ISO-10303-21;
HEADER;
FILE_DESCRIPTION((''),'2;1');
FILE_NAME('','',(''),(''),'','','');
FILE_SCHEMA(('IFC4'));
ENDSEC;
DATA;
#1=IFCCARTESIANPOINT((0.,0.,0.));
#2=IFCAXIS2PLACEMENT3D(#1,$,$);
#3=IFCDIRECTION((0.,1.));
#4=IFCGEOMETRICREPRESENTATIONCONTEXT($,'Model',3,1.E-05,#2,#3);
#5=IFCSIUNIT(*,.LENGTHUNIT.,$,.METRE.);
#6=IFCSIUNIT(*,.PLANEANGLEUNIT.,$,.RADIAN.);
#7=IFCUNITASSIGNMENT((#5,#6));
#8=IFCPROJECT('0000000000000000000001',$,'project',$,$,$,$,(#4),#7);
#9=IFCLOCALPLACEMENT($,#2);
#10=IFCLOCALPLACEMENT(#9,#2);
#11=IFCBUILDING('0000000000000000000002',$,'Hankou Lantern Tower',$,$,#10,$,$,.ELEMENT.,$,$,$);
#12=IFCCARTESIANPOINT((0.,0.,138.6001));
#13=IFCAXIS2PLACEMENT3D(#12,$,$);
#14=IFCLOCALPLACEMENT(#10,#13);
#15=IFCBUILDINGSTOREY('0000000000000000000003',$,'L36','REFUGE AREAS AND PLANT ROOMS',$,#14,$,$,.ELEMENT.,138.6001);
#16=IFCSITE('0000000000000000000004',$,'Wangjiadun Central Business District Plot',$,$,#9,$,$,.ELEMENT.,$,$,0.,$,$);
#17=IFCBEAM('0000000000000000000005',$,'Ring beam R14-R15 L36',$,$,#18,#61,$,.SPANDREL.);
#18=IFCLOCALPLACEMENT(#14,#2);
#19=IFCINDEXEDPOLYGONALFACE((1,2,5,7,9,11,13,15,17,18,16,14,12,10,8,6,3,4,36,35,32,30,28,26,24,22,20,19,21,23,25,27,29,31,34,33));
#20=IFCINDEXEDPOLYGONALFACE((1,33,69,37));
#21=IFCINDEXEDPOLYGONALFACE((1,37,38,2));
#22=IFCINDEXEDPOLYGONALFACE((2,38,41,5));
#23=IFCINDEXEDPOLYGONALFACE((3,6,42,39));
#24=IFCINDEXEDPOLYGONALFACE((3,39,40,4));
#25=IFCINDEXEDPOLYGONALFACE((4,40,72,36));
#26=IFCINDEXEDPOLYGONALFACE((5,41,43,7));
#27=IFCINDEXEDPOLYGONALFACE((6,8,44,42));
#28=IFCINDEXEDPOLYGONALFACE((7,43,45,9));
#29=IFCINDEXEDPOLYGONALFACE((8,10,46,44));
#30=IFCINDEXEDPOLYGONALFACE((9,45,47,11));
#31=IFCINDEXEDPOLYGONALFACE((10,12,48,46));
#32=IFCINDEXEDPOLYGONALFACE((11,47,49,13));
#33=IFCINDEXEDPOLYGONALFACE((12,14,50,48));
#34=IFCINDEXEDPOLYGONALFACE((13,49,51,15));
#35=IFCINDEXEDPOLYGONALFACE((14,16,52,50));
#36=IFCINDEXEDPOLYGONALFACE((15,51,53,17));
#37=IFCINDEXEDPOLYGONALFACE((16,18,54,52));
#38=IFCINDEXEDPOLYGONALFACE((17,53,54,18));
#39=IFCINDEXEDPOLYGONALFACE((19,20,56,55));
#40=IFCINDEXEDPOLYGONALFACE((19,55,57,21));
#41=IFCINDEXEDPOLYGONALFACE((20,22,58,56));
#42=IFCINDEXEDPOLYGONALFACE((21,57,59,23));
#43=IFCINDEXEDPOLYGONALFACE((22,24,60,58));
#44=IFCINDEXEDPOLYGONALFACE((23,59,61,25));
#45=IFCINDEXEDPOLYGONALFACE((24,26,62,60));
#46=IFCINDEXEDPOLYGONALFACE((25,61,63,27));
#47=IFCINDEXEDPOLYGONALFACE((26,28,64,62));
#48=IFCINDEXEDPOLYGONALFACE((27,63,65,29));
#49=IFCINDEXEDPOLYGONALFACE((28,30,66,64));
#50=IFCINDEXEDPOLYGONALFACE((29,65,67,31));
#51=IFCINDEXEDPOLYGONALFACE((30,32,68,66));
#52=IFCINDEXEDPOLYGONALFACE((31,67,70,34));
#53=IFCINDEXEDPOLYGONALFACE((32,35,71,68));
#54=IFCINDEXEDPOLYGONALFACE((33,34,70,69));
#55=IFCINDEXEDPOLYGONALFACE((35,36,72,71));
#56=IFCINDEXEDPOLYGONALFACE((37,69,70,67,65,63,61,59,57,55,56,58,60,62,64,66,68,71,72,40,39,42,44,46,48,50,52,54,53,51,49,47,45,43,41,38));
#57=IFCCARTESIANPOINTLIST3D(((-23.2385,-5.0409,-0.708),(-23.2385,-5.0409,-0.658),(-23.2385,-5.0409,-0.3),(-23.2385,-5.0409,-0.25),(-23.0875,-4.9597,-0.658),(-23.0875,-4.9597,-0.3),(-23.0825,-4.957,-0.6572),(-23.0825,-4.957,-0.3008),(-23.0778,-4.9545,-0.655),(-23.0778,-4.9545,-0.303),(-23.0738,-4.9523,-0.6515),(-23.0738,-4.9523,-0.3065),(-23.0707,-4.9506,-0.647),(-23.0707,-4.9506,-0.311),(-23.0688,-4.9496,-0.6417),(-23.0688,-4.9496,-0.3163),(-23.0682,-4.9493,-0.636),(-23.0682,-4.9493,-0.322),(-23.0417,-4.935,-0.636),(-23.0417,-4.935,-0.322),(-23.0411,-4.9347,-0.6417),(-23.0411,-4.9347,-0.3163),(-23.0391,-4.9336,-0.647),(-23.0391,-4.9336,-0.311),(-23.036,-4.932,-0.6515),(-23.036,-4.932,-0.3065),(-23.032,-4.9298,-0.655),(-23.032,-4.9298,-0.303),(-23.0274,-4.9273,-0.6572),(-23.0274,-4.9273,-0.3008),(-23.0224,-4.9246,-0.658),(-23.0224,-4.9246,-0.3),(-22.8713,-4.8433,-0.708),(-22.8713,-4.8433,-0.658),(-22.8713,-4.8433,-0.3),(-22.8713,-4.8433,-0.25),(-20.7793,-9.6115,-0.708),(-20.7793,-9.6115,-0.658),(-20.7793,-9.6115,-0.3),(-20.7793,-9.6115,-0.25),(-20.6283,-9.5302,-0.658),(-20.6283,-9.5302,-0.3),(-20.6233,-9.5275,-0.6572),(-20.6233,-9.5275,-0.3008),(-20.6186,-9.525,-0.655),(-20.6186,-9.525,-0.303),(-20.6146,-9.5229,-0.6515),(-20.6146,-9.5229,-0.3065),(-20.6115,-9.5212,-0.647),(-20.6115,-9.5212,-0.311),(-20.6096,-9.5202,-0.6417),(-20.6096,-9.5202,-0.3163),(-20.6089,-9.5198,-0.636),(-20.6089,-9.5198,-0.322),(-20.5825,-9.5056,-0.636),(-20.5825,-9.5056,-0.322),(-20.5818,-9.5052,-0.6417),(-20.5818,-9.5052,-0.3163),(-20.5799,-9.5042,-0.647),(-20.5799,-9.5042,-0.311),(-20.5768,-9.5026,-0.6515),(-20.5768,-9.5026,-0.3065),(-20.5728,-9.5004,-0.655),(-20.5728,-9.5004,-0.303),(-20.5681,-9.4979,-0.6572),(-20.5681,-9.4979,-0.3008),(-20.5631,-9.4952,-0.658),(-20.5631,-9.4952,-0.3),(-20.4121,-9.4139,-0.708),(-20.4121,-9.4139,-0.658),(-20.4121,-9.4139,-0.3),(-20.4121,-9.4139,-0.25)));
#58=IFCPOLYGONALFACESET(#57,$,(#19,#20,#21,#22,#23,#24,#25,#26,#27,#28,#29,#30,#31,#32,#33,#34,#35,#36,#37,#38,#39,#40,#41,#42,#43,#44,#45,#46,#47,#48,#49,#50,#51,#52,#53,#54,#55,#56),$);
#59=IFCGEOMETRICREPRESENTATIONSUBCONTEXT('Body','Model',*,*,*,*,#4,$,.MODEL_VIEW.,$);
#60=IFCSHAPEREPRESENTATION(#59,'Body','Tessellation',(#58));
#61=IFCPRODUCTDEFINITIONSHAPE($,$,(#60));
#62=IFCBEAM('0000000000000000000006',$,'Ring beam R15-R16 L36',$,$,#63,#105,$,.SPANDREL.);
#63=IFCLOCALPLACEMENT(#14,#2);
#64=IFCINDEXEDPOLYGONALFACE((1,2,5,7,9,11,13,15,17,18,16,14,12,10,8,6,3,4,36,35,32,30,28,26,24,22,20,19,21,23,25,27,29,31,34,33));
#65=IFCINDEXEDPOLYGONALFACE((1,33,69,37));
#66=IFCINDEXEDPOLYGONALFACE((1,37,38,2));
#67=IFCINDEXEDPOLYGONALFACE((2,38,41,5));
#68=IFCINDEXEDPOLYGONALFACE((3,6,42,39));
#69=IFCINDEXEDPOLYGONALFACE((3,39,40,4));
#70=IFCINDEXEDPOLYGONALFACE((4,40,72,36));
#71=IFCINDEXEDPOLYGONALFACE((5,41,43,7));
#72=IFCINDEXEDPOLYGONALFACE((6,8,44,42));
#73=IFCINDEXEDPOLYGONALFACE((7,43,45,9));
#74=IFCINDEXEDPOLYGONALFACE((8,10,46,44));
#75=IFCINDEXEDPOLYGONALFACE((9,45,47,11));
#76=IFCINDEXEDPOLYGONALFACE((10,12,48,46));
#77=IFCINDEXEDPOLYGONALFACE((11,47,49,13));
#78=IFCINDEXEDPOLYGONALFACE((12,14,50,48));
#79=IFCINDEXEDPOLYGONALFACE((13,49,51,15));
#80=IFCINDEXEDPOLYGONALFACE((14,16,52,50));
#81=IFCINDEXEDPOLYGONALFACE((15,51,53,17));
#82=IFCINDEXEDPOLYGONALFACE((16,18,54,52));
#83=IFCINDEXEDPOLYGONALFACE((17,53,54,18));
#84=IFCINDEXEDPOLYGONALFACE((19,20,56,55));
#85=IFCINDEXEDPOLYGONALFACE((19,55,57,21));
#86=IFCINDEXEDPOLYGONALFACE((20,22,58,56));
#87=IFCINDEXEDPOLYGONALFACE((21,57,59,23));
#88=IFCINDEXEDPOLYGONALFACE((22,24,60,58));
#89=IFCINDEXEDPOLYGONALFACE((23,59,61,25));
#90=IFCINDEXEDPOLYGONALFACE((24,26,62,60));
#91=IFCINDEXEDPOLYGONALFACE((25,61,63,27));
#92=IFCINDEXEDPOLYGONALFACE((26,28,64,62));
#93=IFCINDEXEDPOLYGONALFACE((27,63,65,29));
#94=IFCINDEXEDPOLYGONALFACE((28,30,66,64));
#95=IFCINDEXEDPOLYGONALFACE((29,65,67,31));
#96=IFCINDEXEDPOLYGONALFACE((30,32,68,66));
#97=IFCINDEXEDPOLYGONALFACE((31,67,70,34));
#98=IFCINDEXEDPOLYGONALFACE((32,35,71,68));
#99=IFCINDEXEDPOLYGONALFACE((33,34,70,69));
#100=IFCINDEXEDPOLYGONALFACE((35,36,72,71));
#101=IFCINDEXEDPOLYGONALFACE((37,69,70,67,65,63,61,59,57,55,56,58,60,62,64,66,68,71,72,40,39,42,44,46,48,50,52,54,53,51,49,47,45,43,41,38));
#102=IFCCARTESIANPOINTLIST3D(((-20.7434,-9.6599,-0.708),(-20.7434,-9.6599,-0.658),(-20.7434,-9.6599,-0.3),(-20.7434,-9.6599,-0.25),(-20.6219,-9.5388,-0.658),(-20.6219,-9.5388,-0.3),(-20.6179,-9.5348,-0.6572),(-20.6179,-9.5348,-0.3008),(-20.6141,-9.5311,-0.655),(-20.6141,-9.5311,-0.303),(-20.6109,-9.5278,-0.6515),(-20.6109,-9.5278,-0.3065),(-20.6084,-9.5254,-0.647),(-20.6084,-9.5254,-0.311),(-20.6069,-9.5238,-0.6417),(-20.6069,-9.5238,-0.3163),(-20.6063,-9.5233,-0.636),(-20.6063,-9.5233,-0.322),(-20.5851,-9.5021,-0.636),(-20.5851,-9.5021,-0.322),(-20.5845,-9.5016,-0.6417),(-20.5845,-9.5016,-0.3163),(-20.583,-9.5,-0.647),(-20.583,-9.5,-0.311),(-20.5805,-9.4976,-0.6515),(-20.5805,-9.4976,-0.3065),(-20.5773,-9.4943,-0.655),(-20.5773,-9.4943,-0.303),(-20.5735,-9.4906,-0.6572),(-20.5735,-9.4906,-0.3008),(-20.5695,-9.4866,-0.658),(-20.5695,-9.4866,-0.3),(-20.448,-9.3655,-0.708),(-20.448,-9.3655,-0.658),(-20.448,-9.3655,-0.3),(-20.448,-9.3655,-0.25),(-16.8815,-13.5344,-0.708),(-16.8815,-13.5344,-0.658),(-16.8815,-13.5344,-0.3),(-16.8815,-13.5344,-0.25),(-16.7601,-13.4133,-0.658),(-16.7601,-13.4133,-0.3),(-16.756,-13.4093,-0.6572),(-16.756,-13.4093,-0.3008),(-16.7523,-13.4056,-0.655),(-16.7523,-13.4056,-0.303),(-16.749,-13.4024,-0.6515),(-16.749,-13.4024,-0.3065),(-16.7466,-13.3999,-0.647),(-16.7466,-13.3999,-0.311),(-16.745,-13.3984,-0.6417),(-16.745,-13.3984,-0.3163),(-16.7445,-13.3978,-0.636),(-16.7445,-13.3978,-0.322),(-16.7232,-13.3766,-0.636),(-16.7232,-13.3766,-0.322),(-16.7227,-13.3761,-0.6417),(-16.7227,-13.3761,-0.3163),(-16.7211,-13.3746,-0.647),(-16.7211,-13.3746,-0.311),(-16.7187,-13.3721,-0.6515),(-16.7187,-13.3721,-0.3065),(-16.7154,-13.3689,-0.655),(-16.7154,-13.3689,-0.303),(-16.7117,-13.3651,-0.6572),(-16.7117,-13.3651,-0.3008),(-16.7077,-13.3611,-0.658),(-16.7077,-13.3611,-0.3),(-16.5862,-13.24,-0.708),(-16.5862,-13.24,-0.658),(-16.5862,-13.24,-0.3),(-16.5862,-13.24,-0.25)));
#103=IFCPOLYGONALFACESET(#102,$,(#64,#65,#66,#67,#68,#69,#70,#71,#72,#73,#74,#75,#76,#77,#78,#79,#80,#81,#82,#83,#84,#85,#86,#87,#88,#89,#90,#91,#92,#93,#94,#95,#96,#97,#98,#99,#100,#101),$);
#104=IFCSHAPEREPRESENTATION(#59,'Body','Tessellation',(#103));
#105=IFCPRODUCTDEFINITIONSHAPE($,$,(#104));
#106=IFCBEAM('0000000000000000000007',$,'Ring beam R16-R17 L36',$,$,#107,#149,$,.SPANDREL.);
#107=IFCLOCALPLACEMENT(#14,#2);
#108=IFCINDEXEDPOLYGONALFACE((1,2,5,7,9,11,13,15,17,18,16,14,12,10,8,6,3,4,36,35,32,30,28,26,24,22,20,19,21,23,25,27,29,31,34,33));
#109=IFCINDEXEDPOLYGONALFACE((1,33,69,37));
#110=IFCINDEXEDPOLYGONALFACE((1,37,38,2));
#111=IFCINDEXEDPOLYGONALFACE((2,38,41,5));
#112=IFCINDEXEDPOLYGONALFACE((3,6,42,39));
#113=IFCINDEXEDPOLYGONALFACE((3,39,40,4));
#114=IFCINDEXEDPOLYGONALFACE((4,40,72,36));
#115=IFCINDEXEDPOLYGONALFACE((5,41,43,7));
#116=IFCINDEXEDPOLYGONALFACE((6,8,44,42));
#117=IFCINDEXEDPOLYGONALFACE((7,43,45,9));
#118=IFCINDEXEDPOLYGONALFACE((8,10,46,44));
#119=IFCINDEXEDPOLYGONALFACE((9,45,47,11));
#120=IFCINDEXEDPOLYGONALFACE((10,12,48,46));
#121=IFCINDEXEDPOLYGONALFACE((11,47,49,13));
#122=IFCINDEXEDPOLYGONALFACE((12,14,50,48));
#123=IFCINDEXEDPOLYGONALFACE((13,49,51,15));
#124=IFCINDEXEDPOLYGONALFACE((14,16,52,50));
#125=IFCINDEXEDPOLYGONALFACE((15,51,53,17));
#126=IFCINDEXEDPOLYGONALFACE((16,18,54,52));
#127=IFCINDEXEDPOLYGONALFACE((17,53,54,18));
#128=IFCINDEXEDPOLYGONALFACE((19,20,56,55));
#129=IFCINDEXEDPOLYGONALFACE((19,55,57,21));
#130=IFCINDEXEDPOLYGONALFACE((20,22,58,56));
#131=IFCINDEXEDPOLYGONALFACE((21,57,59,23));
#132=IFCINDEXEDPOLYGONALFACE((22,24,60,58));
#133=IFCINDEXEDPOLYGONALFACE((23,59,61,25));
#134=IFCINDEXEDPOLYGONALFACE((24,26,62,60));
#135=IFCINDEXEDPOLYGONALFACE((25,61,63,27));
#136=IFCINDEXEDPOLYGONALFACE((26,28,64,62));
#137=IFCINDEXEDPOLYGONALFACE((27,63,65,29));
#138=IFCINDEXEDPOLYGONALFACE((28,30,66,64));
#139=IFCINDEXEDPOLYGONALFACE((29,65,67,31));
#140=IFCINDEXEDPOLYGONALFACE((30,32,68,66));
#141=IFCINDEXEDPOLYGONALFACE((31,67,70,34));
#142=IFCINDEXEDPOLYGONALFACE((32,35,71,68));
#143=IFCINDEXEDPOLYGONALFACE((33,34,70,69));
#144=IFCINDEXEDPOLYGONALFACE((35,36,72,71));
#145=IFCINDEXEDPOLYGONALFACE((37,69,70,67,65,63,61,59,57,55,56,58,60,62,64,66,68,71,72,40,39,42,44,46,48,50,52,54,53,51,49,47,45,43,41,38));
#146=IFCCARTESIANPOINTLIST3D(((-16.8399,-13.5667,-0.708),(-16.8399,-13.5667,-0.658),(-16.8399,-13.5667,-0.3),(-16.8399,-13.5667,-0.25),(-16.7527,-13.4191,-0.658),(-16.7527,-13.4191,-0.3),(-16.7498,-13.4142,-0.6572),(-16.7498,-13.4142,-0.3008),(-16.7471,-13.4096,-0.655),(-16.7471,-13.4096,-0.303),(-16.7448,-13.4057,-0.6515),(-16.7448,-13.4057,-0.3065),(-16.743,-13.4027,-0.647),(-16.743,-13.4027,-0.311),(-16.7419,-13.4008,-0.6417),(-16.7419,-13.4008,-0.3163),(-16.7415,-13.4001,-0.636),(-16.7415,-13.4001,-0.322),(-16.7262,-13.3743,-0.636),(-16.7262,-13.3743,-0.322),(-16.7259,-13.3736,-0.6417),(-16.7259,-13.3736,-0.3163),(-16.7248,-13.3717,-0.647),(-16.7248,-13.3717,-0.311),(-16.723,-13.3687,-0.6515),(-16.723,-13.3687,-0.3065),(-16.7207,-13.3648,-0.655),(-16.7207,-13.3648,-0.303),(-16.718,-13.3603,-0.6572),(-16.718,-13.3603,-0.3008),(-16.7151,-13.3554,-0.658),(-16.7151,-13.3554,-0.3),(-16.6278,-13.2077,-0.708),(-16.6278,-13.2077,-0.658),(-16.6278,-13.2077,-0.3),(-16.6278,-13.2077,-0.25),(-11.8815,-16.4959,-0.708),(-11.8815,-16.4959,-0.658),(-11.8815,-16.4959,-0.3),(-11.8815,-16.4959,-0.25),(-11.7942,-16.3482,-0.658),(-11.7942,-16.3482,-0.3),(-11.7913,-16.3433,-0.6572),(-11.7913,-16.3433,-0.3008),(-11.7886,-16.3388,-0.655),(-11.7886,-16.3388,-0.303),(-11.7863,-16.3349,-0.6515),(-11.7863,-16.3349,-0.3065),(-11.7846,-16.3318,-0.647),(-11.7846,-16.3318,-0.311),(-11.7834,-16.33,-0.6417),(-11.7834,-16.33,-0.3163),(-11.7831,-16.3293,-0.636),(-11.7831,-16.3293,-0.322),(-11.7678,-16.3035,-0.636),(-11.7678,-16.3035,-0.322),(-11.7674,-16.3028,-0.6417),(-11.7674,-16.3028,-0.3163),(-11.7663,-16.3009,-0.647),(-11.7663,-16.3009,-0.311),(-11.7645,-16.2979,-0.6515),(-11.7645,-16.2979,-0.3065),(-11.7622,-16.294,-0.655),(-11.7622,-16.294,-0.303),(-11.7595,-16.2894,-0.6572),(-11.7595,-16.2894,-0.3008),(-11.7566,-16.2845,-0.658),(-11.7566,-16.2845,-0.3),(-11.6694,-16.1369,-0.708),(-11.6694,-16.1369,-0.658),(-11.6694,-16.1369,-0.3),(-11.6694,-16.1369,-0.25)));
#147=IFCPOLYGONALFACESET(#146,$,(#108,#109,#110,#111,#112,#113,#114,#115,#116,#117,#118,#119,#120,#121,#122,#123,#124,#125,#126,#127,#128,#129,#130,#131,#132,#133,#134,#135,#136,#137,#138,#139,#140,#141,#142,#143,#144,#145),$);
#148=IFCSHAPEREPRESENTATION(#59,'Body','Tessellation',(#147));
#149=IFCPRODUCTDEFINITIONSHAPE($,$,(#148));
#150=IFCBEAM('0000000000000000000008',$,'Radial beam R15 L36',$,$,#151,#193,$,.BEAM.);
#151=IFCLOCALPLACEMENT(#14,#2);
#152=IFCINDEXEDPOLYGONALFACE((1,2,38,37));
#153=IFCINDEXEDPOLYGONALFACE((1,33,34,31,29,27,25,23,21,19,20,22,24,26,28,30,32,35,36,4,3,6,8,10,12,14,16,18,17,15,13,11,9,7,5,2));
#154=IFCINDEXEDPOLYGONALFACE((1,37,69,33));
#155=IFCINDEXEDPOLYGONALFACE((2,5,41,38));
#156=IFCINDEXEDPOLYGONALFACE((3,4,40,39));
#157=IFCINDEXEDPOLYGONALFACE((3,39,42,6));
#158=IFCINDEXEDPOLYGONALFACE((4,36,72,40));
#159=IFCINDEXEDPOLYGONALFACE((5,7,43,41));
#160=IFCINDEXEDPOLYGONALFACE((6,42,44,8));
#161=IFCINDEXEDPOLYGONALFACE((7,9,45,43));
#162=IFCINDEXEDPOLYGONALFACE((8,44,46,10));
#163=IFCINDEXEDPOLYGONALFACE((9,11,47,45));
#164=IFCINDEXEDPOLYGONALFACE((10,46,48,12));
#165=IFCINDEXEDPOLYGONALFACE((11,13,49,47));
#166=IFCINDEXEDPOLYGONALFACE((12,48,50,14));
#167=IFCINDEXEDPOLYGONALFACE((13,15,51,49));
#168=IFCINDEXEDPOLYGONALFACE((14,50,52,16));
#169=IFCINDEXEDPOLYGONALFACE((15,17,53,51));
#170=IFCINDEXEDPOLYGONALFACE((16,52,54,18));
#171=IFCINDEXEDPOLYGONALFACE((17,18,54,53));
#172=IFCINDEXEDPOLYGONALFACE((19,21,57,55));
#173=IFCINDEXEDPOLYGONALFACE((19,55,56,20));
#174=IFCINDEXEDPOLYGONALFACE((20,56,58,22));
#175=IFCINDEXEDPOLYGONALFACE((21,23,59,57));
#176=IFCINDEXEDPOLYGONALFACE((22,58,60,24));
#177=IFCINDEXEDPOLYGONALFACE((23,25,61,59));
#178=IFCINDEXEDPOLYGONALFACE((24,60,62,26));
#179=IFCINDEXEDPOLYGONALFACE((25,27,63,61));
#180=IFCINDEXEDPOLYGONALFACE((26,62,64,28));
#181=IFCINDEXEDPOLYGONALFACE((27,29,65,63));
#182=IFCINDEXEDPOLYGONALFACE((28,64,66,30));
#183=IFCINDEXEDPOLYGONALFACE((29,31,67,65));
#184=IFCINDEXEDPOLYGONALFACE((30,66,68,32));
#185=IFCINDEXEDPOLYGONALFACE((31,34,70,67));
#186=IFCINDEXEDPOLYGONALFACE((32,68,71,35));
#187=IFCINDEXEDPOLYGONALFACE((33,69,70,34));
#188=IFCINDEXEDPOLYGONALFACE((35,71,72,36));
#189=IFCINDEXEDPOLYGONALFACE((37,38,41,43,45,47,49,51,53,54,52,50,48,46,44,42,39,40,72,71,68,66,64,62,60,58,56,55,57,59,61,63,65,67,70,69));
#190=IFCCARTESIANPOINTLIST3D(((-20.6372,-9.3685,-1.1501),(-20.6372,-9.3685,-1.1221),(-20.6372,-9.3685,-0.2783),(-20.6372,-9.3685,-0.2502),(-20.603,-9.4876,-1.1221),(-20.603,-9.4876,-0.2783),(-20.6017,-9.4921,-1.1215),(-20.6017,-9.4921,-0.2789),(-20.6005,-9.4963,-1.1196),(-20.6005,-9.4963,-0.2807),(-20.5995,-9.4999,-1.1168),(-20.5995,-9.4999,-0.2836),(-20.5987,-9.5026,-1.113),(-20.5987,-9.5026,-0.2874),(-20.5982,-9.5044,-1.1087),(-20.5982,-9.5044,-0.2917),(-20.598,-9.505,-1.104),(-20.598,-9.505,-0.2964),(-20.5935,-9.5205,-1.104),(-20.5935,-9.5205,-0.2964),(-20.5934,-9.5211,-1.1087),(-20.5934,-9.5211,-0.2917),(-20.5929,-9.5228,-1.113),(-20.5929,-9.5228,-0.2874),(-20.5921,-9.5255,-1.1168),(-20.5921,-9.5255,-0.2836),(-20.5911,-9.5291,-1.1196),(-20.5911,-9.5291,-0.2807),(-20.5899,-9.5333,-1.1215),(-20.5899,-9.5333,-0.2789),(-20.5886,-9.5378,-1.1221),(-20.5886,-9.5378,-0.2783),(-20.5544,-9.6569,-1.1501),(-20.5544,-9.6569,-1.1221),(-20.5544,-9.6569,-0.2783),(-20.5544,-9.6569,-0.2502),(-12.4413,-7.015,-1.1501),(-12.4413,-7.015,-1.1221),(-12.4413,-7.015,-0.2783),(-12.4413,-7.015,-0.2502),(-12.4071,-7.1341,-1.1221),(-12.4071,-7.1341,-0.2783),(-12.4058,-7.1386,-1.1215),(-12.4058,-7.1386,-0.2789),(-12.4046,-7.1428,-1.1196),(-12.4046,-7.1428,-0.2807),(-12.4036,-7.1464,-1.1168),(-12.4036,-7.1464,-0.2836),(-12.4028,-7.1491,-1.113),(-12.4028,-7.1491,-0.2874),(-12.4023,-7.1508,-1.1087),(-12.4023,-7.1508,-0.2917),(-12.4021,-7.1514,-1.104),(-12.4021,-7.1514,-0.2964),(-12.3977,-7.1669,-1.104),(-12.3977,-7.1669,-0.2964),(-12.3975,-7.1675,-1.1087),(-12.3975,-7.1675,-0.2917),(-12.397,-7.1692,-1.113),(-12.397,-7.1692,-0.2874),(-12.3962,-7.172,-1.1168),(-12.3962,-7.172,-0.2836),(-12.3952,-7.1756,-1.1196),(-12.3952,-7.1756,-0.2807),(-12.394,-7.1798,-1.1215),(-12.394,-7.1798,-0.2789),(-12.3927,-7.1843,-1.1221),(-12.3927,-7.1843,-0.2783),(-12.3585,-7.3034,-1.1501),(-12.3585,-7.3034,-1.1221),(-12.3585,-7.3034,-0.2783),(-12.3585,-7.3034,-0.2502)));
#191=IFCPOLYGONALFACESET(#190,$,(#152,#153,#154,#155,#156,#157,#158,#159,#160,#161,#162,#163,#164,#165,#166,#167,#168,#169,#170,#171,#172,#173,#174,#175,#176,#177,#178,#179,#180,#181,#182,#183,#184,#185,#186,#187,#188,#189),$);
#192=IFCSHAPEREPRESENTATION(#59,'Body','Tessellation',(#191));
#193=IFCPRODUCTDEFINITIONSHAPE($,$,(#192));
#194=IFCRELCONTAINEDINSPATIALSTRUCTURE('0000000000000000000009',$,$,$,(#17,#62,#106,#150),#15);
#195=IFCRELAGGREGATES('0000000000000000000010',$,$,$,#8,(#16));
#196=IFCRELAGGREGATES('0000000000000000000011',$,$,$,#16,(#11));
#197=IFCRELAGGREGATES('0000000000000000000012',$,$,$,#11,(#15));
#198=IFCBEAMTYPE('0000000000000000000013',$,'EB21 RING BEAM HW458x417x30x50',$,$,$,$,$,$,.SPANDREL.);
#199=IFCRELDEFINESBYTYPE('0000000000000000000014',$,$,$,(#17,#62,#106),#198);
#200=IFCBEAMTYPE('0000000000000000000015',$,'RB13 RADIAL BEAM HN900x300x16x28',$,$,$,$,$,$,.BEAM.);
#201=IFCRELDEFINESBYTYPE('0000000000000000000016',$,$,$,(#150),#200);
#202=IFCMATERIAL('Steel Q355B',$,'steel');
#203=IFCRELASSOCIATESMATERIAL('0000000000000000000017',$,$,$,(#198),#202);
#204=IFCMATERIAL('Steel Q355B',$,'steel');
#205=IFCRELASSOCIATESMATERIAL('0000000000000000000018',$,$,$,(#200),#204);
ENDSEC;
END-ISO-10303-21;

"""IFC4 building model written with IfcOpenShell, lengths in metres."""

from ifc_helpers import new_model, si_unit, direction, frame, origin, origin_2d, place, context, subcontext, project, spatial, i_section, extrude, material, material_profile, profile_set, type_object, element, save


model = new_model("IFC4")

# Units and contexts
model_context = context("Model", 3, precision=1e-05, world=origin(), true_north=direction((0.0, 1.0)))
body_context = subcontext(model_context, "Body", "Model", "MODEL_VIEW")
ifc_project = project(units=[si_unit("LENGTHUNIT", "METRE"), si_unit("PLANEANGLEUNIT", "RADIAN")], contexts=[model_context])

# Site, building, storey
site_placement = place(None, origin())
site = spatial("IfcSite", under=ifc_project, at=site_placement, Name="Wangjiadun Central Business District Plot", CompositionType="ELEMENT", RefElevation=0.0)
building_placement = place(site_placement, origin())
building = spatial("IfcBuilding", under=site, at=building_placement, Name="Hankou Lantern Tower", CompositionType="ELEMENT")
storey_placement = place(building_placement, frame((0.0, 0.0, 138.6001)))
storey = spatial("IfcBuildingStorey", under=building, at=storey_placement, Name="L36", Description="REFUGE AREAS AND PLANT ROOMS", CompositionType="ELEMENT", Elevation=138.6001)

# Beams
ifc_material_1 = material(Name="Steel Q355B", Category="steel")
ifc_material_profile_1 = material_profile(ifc_material_1, i_section(OverallWidth=0.417, OverallDepth=0.458, WebThickness=0.03, FlangeThickness=0.05, FilletRadius=0.022, at=origin_2d()), Name="HW458x417x30x50")
ifc_profile_set_1 = profile_set([ifc_material_profile_1], Name="Steel Q355B")
beam_type_1 = type_object("IfcBeamType", Name="EB21 RING BEAM HW458x417x30x50", PredefinedType="SPANDREL", material=ifc_profile_set_1)
beam_1_placement = place(storey_placement, frame((-23.0549, -4.9421, -0.479), z_axis=(0.473825, -0.880619, 0.0), x_axis=(0.880619, 0.473825, 0.0)))
element("IfcBeam", 1, at=beam_1_placement, inside=storey, type_object=beam_type_1, Name="Ring beam R14-R15 L36", PredefinedType="SPANDREL", context=body_context, shape_type="SweptSolid", body=[
    extrude(i_section(OverallWidth=0.417, OverallDepth=0.458, WebThickness=0.03, FlangeThickness=0.05, FilletRadius=0.022, at=origin_2d()), origin(), (0.0, 0.0, 1.0), 5.1902),
])
beam_2_placement = place(storey_placement, frame((-20.5957, -9.5127, -0.479), z_axis=(0.705945, -0.708266, 0.0), x_axis=(0.708266, 0.705945, 0.0)))
element("IfcBeam", 2, at=beam_2_placement, inside=storey, type_object=beam_type_1, Name="Ring beam R15-R16 L36", PredefinedType="SPANDREL", context=body_context, shape_type="SweptSolid", body=[
    extrude(i_section(OverallWidth=0.417, OverallDepth=0.458, WebThickness=0.03, FlangeThickness=0.05, FilletRadius=0.022, at=origin_2d()), origin(), (0.0, 0.0, 1.0), 5.4705),
])
beam_3_placement = place(storey_placement, frame((-16.7339, -13.3872, -0.479), z_axis=(0.860989, -0.508624, 0.0), x_axis=(0.508624, 0.860989, 0.0)))
element("IfcBeam", 3, at=beam_3_placement, inside=storey, type_object=beam_type_1, Name="Ring beam R16-R17 L36", PredefinedType="SPANDREL", context=body_context, shape_type="SweptSolid", body=[
    extrude(i_section(OverallWidth=0.417, OverallDepth=0.458, WebThickness=0.03, FlangeThickness=0.05, FilletRadius=0.022, at=origin_2d()), origin(), (0.0, 0.0, 1.0), 5.759),
])
ifc_material_2 = material(Name="Steel Q355B", Category="steel")
ifc_material_profile_2 = material_profile(ifc_material_2, i_section(OverallWidth=0.3, OverallDepth=0.8999, WebThickness=0.0161, FlangeThickness=0.0281, FilletRadius=0.0181, at=origin_2d()), Name="HN900x300x16x28")
ifc_profile_set_2 = profile_set([ifc_material_profile_2], Name="Steel Q355B")
beam_type_2 = type_object("IfcBeamType", Name="RB13 RADIAL BEAM HN900x300x16x28", PredefinedType="BEAM", material=ifc_profile_set_2)
beam_4_placement = place(storey_placement, frame((-12.3999, -7.1592, -0.7002), z_axis=(-0.961156, -0.276007, 0.0), x_axis=(0.276007, -0.961156, 0.0)))
element("IfcBeam", 4, at=beam_4_placement, inside=storey, type_object=beam_type_2, Name="Radial beam R15 L36", PredefinedType="BEAM", context=body_context, shape_type="SweptSolid", body=[
    extrude(i_section(OverallWidth=0.3, OverallDepth=0.8999, WebThickness=0.0161, FlangeThickness=0.0281, FilletRadius=0.0181, at=origin_2d()), origin(), (0.0, 0.0, 1.0), 8.5271),
])

save(model, "model.ifc")
